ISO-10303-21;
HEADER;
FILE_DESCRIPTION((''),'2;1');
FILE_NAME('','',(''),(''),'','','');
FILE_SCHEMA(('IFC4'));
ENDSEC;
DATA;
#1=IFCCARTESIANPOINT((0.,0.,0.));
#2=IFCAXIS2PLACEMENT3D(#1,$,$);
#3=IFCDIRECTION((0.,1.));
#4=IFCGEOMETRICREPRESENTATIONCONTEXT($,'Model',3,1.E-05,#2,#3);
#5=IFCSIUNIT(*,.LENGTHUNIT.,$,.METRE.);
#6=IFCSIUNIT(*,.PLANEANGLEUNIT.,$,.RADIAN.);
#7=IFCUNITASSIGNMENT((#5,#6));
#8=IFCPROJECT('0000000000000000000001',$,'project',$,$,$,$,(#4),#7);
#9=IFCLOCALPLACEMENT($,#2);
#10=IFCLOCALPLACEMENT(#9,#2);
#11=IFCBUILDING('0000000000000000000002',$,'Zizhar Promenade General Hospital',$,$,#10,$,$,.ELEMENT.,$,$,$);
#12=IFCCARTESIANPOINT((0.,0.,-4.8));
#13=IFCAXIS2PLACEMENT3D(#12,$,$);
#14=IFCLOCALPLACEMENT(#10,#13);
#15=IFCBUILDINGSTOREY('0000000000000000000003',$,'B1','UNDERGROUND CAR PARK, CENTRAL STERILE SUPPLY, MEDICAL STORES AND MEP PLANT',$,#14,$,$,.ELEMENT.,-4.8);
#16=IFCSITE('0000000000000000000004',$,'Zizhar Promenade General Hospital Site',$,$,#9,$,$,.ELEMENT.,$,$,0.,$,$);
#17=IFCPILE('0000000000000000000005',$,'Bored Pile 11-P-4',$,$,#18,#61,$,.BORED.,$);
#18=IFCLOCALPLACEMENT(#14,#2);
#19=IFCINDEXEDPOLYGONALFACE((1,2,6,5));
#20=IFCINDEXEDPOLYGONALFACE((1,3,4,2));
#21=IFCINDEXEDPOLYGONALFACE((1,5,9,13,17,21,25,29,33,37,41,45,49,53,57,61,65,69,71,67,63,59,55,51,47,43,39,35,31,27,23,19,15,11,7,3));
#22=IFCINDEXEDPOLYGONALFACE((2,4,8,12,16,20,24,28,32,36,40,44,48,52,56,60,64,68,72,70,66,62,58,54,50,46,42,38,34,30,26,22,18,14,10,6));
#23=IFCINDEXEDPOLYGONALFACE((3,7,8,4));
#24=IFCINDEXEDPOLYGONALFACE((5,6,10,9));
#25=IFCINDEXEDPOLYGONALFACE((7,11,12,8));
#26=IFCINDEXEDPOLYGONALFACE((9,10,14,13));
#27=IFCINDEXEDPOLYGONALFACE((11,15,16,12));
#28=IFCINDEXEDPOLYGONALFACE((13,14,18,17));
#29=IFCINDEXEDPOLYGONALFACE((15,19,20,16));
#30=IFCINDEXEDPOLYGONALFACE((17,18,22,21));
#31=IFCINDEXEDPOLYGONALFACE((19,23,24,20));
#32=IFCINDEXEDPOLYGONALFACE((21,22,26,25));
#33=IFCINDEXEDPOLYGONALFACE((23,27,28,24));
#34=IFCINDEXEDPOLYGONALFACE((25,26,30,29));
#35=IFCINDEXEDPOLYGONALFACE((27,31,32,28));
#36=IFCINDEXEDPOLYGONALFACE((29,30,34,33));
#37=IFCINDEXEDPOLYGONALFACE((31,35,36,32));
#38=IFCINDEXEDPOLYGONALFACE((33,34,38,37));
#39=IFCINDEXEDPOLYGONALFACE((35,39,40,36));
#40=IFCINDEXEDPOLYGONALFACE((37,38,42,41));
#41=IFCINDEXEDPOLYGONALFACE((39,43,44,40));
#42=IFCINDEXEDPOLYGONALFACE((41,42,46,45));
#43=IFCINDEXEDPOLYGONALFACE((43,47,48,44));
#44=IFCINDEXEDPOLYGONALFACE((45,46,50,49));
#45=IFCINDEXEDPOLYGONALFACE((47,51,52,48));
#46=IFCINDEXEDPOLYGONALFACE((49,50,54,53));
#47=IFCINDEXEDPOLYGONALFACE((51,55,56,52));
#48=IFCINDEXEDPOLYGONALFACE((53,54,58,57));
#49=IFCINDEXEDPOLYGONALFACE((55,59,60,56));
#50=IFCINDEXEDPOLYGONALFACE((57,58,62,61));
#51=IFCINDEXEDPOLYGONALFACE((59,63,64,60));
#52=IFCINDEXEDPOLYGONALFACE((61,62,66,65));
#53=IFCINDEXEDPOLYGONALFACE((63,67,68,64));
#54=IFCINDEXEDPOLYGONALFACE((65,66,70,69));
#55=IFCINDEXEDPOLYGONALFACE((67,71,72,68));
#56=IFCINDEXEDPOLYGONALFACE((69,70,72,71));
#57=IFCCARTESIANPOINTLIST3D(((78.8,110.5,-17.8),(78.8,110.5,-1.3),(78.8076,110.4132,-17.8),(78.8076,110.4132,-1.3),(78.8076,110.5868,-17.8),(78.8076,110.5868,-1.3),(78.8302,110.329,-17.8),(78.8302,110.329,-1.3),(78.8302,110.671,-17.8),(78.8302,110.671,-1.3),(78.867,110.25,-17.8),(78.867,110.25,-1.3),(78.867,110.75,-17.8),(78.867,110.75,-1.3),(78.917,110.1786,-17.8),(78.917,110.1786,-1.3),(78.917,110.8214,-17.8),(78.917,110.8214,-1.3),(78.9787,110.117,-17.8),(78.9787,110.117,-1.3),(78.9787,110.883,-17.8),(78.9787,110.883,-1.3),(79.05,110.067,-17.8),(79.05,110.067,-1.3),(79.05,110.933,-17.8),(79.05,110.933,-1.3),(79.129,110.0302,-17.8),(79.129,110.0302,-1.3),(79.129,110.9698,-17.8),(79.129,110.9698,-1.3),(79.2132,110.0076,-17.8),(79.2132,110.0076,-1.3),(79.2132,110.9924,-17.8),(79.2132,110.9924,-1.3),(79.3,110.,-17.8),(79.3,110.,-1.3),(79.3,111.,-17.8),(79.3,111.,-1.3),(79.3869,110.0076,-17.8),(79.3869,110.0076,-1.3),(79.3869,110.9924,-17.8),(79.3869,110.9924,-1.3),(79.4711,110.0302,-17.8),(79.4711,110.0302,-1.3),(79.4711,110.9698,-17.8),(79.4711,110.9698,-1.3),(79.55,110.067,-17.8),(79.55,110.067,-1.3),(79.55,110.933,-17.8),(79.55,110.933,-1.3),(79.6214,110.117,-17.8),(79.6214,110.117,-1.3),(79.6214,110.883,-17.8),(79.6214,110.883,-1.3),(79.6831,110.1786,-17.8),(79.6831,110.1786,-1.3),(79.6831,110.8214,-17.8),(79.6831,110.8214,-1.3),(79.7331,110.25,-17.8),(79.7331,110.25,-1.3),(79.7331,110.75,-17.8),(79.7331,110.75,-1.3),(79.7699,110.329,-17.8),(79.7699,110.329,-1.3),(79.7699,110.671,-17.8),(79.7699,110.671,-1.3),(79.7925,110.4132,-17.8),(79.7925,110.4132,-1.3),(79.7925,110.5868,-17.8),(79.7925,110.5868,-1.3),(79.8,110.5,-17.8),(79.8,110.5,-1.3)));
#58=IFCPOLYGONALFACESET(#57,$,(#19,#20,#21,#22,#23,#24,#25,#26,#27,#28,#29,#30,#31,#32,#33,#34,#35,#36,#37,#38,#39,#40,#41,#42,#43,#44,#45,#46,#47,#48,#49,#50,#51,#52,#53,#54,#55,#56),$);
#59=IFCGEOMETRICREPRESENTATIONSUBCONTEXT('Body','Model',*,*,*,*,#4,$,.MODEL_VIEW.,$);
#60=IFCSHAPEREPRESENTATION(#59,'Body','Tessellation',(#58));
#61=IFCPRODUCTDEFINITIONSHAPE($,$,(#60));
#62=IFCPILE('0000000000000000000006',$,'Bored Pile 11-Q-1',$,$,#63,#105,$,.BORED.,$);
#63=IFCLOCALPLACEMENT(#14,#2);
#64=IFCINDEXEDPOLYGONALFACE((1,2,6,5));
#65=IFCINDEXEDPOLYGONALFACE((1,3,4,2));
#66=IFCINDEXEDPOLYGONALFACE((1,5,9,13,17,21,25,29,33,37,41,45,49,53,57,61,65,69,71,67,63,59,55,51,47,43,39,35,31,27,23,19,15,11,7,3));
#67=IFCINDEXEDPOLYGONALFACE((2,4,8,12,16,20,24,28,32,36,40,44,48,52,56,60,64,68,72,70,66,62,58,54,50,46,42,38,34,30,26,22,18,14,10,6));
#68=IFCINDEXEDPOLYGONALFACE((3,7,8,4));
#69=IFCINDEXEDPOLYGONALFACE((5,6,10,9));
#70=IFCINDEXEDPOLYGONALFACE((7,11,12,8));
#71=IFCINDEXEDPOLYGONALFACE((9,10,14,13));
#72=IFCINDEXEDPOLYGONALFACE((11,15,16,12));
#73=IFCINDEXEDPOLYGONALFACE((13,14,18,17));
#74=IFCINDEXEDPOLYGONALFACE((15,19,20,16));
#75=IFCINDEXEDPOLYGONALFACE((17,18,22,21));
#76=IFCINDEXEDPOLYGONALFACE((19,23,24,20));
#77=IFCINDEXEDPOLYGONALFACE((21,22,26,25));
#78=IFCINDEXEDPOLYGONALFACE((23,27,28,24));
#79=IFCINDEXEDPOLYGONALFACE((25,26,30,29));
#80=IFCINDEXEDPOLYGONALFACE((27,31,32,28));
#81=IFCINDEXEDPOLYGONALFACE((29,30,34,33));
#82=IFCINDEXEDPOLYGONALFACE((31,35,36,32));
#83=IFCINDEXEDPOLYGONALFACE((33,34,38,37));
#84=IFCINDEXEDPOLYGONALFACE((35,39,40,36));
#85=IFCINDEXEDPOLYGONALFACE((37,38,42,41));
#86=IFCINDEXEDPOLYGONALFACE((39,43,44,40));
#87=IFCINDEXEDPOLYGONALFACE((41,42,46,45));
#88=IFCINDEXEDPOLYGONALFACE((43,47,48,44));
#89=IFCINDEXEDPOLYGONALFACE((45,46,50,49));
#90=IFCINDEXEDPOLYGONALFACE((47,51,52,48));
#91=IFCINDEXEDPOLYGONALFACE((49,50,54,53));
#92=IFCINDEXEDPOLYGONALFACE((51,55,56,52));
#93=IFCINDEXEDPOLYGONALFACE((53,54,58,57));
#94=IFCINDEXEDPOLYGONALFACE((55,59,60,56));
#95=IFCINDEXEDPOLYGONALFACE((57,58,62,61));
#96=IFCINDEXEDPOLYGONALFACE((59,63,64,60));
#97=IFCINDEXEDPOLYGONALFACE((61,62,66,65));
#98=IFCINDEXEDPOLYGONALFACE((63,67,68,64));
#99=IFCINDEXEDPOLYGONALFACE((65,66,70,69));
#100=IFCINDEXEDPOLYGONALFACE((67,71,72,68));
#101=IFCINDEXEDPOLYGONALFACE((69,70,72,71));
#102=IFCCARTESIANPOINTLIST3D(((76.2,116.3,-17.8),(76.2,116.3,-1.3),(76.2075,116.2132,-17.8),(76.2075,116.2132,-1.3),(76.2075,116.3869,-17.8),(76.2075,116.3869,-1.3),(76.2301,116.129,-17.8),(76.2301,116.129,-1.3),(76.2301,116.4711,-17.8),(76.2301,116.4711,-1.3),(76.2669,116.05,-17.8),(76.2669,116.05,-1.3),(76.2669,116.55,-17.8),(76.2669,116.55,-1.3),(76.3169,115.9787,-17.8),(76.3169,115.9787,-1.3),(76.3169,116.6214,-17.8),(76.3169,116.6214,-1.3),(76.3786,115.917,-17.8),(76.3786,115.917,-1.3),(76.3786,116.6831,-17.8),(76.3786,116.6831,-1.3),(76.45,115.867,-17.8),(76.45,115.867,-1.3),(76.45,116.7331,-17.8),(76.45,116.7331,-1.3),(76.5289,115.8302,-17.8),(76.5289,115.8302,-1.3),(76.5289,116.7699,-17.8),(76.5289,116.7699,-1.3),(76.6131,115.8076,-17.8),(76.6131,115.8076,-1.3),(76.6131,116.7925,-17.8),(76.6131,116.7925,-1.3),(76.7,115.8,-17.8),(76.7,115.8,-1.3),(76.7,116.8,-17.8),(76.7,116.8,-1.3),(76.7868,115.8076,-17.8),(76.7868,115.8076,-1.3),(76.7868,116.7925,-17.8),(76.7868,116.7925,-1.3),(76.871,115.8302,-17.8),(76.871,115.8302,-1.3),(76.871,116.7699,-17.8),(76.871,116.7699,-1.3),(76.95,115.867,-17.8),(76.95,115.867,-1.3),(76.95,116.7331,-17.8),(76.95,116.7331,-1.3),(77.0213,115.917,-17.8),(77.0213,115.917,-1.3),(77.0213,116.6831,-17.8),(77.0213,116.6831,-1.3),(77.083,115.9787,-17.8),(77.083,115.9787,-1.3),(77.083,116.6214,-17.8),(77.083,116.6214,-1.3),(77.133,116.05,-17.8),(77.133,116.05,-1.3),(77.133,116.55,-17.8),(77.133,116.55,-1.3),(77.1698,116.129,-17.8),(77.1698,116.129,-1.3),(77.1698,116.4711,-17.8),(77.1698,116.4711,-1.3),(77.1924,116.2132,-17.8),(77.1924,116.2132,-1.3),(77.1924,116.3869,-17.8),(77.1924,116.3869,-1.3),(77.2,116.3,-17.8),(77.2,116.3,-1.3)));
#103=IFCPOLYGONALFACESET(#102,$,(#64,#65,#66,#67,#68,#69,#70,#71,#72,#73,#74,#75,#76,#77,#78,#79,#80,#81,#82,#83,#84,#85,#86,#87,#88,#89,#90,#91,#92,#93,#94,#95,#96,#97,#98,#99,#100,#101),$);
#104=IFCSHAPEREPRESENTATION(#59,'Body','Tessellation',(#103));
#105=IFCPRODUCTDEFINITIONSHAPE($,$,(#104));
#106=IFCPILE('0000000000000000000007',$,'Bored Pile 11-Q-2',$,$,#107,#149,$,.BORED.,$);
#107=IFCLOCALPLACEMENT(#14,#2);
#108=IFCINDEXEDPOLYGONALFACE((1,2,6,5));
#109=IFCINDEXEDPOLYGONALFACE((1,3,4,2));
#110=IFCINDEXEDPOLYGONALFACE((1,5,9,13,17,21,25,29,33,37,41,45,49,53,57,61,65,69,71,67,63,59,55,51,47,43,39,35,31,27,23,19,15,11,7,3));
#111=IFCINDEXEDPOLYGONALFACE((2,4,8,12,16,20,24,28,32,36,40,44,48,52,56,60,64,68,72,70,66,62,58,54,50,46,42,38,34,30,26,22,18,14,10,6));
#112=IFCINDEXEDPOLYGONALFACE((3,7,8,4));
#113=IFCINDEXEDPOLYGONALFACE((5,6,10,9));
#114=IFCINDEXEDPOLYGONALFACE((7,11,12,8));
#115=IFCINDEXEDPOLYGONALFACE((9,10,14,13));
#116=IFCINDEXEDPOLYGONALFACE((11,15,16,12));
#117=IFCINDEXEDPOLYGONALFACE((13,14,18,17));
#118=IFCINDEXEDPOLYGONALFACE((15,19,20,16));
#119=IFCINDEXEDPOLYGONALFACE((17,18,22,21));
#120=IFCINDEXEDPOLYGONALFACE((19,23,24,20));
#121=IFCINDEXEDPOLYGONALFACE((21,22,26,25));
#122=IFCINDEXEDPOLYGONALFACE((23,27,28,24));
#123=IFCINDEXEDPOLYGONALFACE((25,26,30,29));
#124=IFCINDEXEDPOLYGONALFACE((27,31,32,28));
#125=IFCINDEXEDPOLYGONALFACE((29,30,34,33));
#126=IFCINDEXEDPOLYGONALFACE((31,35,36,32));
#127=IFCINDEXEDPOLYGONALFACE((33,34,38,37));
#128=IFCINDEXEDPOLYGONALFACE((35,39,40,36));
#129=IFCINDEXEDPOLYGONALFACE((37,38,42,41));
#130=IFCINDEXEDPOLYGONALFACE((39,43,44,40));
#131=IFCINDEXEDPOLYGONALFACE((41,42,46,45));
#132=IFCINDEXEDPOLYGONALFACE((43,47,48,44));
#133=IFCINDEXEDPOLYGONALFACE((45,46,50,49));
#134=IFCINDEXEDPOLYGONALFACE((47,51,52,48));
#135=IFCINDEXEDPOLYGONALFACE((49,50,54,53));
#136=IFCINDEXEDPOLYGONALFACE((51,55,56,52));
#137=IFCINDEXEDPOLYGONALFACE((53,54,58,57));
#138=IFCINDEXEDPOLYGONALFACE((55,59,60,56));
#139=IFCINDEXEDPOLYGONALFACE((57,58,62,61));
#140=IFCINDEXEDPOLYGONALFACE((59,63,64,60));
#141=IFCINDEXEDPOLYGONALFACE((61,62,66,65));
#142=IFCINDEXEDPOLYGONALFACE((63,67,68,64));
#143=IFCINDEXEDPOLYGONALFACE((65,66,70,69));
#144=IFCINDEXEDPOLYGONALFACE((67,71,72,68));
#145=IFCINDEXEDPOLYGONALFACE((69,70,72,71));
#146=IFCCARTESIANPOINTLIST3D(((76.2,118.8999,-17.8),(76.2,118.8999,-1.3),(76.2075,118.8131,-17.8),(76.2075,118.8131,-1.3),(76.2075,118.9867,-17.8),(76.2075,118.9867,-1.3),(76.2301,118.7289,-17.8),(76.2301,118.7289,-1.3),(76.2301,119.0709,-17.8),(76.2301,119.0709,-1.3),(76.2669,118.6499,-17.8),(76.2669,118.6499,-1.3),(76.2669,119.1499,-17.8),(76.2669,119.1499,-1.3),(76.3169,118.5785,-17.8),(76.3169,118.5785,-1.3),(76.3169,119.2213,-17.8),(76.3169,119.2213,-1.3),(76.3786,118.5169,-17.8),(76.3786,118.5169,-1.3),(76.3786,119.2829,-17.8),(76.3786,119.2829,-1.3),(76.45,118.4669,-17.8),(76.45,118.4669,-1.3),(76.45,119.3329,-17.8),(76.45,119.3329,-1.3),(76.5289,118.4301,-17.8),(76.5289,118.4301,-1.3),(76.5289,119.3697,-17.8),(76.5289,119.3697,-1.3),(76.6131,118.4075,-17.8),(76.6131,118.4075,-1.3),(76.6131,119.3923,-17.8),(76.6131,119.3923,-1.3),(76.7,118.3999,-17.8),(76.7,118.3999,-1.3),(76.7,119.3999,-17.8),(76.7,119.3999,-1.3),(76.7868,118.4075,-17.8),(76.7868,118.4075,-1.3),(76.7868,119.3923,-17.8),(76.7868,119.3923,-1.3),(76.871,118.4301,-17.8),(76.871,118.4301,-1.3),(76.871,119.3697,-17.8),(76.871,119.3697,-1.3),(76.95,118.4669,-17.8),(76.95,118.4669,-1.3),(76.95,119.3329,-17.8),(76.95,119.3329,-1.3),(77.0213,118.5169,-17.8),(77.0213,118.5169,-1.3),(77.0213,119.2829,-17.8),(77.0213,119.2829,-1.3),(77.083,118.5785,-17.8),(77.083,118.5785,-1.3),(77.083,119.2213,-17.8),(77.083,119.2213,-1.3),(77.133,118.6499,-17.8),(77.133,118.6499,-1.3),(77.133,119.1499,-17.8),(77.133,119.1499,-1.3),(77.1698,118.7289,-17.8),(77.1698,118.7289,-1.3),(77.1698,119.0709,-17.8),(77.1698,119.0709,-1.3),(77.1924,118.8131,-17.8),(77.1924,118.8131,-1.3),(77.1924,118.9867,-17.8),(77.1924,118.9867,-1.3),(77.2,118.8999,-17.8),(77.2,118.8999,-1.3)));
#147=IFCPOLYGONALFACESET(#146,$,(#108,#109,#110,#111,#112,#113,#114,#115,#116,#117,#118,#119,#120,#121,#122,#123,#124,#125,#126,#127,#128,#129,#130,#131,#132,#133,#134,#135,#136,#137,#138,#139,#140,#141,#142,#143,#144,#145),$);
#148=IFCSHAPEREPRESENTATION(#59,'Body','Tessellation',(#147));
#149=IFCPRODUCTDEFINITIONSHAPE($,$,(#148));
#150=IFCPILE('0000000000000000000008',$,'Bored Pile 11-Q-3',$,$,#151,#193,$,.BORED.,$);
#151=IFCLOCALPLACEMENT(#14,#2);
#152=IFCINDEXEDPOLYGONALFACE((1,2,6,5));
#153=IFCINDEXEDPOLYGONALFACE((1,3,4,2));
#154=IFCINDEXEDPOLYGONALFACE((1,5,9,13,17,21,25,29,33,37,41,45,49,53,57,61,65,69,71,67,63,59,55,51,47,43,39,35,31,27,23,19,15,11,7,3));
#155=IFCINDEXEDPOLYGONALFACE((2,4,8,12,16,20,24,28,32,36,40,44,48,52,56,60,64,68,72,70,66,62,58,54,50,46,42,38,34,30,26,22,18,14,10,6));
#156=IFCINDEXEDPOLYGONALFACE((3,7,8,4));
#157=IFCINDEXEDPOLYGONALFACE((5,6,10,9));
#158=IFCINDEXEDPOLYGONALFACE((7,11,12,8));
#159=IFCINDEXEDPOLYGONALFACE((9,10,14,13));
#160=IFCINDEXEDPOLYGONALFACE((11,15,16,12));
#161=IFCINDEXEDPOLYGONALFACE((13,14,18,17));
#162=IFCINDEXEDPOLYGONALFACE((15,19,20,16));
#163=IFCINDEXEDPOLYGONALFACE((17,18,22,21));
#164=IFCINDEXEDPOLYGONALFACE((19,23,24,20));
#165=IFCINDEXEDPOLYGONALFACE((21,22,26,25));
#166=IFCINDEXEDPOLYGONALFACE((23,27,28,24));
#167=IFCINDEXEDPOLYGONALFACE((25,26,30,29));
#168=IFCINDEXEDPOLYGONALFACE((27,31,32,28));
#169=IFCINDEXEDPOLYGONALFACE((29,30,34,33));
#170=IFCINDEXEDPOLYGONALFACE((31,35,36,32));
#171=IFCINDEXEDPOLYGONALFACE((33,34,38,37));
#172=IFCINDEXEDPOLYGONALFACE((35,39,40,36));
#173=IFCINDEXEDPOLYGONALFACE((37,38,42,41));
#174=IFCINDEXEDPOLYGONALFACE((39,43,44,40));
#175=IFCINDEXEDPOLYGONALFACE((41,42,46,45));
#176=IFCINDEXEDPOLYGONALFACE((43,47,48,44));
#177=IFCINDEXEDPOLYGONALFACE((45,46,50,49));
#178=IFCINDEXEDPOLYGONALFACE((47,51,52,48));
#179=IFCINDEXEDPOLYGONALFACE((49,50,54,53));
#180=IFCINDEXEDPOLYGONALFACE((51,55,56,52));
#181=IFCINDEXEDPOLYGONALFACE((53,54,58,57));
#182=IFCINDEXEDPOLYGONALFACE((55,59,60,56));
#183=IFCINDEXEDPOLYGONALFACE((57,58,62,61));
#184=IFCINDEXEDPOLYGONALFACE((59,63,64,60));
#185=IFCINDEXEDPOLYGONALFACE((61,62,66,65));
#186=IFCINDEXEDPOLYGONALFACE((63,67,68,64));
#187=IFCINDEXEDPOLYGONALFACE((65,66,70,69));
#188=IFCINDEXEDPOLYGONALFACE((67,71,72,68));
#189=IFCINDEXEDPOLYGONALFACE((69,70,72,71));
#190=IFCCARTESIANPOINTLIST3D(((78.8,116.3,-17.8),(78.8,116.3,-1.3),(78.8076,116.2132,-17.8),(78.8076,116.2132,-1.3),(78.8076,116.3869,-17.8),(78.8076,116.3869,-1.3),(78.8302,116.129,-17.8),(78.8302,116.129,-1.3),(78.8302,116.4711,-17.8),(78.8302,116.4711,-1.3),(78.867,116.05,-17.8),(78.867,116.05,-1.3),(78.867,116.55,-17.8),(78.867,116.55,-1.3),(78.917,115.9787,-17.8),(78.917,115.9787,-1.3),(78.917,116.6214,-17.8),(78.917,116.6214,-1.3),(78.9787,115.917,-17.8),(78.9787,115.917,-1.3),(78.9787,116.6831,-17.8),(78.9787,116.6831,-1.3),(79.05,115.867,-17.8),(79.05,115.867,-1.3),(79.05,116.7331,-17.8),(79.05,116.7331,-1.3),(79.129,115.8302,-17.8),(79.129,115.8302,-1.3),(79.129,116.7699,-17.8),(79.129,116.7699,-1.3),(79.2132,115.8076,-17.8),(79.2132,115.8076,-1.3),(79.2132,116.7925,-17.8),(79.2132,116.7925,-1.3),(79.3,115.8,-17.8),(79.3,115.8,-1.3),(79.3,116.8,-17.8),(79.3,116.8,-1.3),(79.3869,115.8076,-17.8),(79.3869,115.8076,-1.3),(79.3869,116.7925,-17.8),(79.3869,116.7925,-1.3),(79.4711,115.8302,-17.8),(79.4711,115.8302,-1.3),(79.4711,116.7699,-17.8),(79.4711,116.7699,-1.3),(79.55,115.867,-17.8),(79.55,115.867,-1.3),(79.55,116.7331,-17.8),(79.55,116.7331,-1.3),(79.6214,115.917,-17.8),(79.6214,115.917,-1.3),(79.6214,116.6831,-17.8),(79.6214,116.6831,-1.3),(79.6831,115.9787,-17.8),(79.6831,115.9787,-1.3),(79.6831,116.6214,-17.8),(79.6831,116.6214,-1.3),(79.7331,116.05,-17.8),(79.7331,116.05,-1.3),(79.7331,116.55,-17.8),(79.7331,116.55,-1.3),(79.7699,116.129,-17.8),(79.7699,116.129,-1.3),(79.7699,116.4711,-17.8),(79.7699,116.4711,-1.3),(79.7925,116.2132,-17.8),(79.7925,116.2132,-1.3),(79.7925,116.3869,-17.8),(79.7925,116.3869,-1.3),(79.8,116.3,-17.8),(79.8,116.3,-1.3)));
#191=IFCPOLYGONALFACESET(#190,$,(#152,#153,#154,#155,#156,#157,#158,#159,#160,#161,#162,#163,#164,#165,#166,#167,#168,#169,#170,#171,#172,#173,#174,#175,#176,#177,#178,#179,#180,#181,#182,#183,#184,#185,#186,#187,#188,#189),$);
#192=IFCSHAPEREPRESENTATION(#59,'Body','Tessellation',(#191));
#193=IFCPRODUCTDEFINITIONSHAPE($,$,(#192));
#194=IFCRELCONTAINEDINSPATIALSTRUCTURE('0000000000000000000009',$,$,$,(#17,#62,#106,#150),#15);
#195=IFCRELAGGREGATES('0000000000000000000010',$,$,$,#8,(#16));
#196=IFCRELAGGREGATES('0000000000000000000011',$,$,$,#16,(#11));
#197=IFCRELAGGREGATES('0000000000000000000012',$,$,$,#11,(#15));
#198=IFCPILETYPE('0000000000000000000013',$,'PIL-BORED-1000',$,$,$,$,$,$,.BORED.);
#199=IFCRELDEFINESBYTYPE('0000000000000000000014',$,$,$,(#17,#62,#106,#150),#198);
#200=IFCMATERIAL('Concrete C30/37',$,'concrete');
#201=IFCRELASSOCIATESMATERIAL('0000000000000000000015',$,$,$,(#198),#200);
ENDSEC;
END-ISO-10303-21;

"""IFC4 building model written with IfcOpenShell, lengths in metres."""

from ifc_helpers import new_model, si_unit, direction, frame, origin, origin_2d, place, context, subcontext, project, spatial, circle, extrude, material, material_profile, profile_set, type_object, element, save


model = new_model("IFC4")

# Units and contexts
model_context = context("Model", 3, precision=1e-05, world=origin(), true_north=direction((0.0, 1.0)))
body_context = subcontext(model_context, "Body", "Model", "MODEL_VIEW")
ifc_project = project(units=[si_unit("LENGTHUNIT", "METRE"), si_unit("PLANEANGLEUNIT", "RADIAN")], contexts=[model_context])

# Site, building, storey
site_placement = place(None, origin())
site = spatial("IfcSite", under=ifc_project, at=site_placement, Name="Zizhar Promenade General Hospital Site", CompositionType="ELEMENT", RefElevation=0.0)
building_placement = place(site_placement, origin())
building = spatial("IfcBuilding", under=site, at=building_placement, Name="Zizhar Promenade General Hospital", CompositionType="ELEMENT")
storey_placement = place(building_placement, frame((0.0, 0.0, -4.8)))
storey = spatial("IfcBuildingStorey", under=building, at=storey_placement, Name="B1", Description="UNDERGROUND CAR PARK, CENTRAL STERILE SUPPLY, MEDICAL STORES AND MEP PLANT", CompositionType="ELEMENT", Elevation=-4.8)

# Piles
ifc_material_1 = material(Name="Concrete C30/37", Category="concrete")
ifc_material_profile_1 = material_profile(ifc_material_1, circle(Radius=0.5, at=origin_2d()))
ifc_profile_set_1 = profile_set([ifc_material_profile_1], Name="Concrete C30/37")
pile_type_1 = type_object("IfcPileType", Name="PIL-BORED-1000", PredefinedType="BORED", material=ifc_profile_set_1)
for number, where, z_axis, x_axis, name in (
    (1, (79.3, 110.5, -1.3), (0.0, 0.0, -1.0), (1.0, 0.0, 0.0), "Bored Pile 11-P-4"),
    (2, (76.7, 116.3, -1.3), (0.0, 0.0, -1.0), (1.0, 0.0, 0.0), "Bored Pile 11-Q-1"),
    (3, (76.7, 118.8999, -1.3), (0.0, 0.0, -1.0), (1.0, 0.0, 0.0), "Bored Pile 11-Q-2"),
    (4, (79.3, 116.3, -1.3), (0.0, 0.0, -1.0), (1.0, 0.0, 0.0), "Bored Pile 11-Q-3"),
):
    element("IfcPile", number, at=place(storey_placement, frame(where, z_axis=z_axis, x_axis=x_axis)), inside=storey, type_object=pile_type_1, Name=name, PredefinedType="BORED", context=body_context, shape_type="SweptSolid", body=[
        extrude(circle(Radius=0.5, at=origin_2d()), origin(), (0.0, 0.0, 1.0), 16.5),
    ])

save(model, "model.ifc")
